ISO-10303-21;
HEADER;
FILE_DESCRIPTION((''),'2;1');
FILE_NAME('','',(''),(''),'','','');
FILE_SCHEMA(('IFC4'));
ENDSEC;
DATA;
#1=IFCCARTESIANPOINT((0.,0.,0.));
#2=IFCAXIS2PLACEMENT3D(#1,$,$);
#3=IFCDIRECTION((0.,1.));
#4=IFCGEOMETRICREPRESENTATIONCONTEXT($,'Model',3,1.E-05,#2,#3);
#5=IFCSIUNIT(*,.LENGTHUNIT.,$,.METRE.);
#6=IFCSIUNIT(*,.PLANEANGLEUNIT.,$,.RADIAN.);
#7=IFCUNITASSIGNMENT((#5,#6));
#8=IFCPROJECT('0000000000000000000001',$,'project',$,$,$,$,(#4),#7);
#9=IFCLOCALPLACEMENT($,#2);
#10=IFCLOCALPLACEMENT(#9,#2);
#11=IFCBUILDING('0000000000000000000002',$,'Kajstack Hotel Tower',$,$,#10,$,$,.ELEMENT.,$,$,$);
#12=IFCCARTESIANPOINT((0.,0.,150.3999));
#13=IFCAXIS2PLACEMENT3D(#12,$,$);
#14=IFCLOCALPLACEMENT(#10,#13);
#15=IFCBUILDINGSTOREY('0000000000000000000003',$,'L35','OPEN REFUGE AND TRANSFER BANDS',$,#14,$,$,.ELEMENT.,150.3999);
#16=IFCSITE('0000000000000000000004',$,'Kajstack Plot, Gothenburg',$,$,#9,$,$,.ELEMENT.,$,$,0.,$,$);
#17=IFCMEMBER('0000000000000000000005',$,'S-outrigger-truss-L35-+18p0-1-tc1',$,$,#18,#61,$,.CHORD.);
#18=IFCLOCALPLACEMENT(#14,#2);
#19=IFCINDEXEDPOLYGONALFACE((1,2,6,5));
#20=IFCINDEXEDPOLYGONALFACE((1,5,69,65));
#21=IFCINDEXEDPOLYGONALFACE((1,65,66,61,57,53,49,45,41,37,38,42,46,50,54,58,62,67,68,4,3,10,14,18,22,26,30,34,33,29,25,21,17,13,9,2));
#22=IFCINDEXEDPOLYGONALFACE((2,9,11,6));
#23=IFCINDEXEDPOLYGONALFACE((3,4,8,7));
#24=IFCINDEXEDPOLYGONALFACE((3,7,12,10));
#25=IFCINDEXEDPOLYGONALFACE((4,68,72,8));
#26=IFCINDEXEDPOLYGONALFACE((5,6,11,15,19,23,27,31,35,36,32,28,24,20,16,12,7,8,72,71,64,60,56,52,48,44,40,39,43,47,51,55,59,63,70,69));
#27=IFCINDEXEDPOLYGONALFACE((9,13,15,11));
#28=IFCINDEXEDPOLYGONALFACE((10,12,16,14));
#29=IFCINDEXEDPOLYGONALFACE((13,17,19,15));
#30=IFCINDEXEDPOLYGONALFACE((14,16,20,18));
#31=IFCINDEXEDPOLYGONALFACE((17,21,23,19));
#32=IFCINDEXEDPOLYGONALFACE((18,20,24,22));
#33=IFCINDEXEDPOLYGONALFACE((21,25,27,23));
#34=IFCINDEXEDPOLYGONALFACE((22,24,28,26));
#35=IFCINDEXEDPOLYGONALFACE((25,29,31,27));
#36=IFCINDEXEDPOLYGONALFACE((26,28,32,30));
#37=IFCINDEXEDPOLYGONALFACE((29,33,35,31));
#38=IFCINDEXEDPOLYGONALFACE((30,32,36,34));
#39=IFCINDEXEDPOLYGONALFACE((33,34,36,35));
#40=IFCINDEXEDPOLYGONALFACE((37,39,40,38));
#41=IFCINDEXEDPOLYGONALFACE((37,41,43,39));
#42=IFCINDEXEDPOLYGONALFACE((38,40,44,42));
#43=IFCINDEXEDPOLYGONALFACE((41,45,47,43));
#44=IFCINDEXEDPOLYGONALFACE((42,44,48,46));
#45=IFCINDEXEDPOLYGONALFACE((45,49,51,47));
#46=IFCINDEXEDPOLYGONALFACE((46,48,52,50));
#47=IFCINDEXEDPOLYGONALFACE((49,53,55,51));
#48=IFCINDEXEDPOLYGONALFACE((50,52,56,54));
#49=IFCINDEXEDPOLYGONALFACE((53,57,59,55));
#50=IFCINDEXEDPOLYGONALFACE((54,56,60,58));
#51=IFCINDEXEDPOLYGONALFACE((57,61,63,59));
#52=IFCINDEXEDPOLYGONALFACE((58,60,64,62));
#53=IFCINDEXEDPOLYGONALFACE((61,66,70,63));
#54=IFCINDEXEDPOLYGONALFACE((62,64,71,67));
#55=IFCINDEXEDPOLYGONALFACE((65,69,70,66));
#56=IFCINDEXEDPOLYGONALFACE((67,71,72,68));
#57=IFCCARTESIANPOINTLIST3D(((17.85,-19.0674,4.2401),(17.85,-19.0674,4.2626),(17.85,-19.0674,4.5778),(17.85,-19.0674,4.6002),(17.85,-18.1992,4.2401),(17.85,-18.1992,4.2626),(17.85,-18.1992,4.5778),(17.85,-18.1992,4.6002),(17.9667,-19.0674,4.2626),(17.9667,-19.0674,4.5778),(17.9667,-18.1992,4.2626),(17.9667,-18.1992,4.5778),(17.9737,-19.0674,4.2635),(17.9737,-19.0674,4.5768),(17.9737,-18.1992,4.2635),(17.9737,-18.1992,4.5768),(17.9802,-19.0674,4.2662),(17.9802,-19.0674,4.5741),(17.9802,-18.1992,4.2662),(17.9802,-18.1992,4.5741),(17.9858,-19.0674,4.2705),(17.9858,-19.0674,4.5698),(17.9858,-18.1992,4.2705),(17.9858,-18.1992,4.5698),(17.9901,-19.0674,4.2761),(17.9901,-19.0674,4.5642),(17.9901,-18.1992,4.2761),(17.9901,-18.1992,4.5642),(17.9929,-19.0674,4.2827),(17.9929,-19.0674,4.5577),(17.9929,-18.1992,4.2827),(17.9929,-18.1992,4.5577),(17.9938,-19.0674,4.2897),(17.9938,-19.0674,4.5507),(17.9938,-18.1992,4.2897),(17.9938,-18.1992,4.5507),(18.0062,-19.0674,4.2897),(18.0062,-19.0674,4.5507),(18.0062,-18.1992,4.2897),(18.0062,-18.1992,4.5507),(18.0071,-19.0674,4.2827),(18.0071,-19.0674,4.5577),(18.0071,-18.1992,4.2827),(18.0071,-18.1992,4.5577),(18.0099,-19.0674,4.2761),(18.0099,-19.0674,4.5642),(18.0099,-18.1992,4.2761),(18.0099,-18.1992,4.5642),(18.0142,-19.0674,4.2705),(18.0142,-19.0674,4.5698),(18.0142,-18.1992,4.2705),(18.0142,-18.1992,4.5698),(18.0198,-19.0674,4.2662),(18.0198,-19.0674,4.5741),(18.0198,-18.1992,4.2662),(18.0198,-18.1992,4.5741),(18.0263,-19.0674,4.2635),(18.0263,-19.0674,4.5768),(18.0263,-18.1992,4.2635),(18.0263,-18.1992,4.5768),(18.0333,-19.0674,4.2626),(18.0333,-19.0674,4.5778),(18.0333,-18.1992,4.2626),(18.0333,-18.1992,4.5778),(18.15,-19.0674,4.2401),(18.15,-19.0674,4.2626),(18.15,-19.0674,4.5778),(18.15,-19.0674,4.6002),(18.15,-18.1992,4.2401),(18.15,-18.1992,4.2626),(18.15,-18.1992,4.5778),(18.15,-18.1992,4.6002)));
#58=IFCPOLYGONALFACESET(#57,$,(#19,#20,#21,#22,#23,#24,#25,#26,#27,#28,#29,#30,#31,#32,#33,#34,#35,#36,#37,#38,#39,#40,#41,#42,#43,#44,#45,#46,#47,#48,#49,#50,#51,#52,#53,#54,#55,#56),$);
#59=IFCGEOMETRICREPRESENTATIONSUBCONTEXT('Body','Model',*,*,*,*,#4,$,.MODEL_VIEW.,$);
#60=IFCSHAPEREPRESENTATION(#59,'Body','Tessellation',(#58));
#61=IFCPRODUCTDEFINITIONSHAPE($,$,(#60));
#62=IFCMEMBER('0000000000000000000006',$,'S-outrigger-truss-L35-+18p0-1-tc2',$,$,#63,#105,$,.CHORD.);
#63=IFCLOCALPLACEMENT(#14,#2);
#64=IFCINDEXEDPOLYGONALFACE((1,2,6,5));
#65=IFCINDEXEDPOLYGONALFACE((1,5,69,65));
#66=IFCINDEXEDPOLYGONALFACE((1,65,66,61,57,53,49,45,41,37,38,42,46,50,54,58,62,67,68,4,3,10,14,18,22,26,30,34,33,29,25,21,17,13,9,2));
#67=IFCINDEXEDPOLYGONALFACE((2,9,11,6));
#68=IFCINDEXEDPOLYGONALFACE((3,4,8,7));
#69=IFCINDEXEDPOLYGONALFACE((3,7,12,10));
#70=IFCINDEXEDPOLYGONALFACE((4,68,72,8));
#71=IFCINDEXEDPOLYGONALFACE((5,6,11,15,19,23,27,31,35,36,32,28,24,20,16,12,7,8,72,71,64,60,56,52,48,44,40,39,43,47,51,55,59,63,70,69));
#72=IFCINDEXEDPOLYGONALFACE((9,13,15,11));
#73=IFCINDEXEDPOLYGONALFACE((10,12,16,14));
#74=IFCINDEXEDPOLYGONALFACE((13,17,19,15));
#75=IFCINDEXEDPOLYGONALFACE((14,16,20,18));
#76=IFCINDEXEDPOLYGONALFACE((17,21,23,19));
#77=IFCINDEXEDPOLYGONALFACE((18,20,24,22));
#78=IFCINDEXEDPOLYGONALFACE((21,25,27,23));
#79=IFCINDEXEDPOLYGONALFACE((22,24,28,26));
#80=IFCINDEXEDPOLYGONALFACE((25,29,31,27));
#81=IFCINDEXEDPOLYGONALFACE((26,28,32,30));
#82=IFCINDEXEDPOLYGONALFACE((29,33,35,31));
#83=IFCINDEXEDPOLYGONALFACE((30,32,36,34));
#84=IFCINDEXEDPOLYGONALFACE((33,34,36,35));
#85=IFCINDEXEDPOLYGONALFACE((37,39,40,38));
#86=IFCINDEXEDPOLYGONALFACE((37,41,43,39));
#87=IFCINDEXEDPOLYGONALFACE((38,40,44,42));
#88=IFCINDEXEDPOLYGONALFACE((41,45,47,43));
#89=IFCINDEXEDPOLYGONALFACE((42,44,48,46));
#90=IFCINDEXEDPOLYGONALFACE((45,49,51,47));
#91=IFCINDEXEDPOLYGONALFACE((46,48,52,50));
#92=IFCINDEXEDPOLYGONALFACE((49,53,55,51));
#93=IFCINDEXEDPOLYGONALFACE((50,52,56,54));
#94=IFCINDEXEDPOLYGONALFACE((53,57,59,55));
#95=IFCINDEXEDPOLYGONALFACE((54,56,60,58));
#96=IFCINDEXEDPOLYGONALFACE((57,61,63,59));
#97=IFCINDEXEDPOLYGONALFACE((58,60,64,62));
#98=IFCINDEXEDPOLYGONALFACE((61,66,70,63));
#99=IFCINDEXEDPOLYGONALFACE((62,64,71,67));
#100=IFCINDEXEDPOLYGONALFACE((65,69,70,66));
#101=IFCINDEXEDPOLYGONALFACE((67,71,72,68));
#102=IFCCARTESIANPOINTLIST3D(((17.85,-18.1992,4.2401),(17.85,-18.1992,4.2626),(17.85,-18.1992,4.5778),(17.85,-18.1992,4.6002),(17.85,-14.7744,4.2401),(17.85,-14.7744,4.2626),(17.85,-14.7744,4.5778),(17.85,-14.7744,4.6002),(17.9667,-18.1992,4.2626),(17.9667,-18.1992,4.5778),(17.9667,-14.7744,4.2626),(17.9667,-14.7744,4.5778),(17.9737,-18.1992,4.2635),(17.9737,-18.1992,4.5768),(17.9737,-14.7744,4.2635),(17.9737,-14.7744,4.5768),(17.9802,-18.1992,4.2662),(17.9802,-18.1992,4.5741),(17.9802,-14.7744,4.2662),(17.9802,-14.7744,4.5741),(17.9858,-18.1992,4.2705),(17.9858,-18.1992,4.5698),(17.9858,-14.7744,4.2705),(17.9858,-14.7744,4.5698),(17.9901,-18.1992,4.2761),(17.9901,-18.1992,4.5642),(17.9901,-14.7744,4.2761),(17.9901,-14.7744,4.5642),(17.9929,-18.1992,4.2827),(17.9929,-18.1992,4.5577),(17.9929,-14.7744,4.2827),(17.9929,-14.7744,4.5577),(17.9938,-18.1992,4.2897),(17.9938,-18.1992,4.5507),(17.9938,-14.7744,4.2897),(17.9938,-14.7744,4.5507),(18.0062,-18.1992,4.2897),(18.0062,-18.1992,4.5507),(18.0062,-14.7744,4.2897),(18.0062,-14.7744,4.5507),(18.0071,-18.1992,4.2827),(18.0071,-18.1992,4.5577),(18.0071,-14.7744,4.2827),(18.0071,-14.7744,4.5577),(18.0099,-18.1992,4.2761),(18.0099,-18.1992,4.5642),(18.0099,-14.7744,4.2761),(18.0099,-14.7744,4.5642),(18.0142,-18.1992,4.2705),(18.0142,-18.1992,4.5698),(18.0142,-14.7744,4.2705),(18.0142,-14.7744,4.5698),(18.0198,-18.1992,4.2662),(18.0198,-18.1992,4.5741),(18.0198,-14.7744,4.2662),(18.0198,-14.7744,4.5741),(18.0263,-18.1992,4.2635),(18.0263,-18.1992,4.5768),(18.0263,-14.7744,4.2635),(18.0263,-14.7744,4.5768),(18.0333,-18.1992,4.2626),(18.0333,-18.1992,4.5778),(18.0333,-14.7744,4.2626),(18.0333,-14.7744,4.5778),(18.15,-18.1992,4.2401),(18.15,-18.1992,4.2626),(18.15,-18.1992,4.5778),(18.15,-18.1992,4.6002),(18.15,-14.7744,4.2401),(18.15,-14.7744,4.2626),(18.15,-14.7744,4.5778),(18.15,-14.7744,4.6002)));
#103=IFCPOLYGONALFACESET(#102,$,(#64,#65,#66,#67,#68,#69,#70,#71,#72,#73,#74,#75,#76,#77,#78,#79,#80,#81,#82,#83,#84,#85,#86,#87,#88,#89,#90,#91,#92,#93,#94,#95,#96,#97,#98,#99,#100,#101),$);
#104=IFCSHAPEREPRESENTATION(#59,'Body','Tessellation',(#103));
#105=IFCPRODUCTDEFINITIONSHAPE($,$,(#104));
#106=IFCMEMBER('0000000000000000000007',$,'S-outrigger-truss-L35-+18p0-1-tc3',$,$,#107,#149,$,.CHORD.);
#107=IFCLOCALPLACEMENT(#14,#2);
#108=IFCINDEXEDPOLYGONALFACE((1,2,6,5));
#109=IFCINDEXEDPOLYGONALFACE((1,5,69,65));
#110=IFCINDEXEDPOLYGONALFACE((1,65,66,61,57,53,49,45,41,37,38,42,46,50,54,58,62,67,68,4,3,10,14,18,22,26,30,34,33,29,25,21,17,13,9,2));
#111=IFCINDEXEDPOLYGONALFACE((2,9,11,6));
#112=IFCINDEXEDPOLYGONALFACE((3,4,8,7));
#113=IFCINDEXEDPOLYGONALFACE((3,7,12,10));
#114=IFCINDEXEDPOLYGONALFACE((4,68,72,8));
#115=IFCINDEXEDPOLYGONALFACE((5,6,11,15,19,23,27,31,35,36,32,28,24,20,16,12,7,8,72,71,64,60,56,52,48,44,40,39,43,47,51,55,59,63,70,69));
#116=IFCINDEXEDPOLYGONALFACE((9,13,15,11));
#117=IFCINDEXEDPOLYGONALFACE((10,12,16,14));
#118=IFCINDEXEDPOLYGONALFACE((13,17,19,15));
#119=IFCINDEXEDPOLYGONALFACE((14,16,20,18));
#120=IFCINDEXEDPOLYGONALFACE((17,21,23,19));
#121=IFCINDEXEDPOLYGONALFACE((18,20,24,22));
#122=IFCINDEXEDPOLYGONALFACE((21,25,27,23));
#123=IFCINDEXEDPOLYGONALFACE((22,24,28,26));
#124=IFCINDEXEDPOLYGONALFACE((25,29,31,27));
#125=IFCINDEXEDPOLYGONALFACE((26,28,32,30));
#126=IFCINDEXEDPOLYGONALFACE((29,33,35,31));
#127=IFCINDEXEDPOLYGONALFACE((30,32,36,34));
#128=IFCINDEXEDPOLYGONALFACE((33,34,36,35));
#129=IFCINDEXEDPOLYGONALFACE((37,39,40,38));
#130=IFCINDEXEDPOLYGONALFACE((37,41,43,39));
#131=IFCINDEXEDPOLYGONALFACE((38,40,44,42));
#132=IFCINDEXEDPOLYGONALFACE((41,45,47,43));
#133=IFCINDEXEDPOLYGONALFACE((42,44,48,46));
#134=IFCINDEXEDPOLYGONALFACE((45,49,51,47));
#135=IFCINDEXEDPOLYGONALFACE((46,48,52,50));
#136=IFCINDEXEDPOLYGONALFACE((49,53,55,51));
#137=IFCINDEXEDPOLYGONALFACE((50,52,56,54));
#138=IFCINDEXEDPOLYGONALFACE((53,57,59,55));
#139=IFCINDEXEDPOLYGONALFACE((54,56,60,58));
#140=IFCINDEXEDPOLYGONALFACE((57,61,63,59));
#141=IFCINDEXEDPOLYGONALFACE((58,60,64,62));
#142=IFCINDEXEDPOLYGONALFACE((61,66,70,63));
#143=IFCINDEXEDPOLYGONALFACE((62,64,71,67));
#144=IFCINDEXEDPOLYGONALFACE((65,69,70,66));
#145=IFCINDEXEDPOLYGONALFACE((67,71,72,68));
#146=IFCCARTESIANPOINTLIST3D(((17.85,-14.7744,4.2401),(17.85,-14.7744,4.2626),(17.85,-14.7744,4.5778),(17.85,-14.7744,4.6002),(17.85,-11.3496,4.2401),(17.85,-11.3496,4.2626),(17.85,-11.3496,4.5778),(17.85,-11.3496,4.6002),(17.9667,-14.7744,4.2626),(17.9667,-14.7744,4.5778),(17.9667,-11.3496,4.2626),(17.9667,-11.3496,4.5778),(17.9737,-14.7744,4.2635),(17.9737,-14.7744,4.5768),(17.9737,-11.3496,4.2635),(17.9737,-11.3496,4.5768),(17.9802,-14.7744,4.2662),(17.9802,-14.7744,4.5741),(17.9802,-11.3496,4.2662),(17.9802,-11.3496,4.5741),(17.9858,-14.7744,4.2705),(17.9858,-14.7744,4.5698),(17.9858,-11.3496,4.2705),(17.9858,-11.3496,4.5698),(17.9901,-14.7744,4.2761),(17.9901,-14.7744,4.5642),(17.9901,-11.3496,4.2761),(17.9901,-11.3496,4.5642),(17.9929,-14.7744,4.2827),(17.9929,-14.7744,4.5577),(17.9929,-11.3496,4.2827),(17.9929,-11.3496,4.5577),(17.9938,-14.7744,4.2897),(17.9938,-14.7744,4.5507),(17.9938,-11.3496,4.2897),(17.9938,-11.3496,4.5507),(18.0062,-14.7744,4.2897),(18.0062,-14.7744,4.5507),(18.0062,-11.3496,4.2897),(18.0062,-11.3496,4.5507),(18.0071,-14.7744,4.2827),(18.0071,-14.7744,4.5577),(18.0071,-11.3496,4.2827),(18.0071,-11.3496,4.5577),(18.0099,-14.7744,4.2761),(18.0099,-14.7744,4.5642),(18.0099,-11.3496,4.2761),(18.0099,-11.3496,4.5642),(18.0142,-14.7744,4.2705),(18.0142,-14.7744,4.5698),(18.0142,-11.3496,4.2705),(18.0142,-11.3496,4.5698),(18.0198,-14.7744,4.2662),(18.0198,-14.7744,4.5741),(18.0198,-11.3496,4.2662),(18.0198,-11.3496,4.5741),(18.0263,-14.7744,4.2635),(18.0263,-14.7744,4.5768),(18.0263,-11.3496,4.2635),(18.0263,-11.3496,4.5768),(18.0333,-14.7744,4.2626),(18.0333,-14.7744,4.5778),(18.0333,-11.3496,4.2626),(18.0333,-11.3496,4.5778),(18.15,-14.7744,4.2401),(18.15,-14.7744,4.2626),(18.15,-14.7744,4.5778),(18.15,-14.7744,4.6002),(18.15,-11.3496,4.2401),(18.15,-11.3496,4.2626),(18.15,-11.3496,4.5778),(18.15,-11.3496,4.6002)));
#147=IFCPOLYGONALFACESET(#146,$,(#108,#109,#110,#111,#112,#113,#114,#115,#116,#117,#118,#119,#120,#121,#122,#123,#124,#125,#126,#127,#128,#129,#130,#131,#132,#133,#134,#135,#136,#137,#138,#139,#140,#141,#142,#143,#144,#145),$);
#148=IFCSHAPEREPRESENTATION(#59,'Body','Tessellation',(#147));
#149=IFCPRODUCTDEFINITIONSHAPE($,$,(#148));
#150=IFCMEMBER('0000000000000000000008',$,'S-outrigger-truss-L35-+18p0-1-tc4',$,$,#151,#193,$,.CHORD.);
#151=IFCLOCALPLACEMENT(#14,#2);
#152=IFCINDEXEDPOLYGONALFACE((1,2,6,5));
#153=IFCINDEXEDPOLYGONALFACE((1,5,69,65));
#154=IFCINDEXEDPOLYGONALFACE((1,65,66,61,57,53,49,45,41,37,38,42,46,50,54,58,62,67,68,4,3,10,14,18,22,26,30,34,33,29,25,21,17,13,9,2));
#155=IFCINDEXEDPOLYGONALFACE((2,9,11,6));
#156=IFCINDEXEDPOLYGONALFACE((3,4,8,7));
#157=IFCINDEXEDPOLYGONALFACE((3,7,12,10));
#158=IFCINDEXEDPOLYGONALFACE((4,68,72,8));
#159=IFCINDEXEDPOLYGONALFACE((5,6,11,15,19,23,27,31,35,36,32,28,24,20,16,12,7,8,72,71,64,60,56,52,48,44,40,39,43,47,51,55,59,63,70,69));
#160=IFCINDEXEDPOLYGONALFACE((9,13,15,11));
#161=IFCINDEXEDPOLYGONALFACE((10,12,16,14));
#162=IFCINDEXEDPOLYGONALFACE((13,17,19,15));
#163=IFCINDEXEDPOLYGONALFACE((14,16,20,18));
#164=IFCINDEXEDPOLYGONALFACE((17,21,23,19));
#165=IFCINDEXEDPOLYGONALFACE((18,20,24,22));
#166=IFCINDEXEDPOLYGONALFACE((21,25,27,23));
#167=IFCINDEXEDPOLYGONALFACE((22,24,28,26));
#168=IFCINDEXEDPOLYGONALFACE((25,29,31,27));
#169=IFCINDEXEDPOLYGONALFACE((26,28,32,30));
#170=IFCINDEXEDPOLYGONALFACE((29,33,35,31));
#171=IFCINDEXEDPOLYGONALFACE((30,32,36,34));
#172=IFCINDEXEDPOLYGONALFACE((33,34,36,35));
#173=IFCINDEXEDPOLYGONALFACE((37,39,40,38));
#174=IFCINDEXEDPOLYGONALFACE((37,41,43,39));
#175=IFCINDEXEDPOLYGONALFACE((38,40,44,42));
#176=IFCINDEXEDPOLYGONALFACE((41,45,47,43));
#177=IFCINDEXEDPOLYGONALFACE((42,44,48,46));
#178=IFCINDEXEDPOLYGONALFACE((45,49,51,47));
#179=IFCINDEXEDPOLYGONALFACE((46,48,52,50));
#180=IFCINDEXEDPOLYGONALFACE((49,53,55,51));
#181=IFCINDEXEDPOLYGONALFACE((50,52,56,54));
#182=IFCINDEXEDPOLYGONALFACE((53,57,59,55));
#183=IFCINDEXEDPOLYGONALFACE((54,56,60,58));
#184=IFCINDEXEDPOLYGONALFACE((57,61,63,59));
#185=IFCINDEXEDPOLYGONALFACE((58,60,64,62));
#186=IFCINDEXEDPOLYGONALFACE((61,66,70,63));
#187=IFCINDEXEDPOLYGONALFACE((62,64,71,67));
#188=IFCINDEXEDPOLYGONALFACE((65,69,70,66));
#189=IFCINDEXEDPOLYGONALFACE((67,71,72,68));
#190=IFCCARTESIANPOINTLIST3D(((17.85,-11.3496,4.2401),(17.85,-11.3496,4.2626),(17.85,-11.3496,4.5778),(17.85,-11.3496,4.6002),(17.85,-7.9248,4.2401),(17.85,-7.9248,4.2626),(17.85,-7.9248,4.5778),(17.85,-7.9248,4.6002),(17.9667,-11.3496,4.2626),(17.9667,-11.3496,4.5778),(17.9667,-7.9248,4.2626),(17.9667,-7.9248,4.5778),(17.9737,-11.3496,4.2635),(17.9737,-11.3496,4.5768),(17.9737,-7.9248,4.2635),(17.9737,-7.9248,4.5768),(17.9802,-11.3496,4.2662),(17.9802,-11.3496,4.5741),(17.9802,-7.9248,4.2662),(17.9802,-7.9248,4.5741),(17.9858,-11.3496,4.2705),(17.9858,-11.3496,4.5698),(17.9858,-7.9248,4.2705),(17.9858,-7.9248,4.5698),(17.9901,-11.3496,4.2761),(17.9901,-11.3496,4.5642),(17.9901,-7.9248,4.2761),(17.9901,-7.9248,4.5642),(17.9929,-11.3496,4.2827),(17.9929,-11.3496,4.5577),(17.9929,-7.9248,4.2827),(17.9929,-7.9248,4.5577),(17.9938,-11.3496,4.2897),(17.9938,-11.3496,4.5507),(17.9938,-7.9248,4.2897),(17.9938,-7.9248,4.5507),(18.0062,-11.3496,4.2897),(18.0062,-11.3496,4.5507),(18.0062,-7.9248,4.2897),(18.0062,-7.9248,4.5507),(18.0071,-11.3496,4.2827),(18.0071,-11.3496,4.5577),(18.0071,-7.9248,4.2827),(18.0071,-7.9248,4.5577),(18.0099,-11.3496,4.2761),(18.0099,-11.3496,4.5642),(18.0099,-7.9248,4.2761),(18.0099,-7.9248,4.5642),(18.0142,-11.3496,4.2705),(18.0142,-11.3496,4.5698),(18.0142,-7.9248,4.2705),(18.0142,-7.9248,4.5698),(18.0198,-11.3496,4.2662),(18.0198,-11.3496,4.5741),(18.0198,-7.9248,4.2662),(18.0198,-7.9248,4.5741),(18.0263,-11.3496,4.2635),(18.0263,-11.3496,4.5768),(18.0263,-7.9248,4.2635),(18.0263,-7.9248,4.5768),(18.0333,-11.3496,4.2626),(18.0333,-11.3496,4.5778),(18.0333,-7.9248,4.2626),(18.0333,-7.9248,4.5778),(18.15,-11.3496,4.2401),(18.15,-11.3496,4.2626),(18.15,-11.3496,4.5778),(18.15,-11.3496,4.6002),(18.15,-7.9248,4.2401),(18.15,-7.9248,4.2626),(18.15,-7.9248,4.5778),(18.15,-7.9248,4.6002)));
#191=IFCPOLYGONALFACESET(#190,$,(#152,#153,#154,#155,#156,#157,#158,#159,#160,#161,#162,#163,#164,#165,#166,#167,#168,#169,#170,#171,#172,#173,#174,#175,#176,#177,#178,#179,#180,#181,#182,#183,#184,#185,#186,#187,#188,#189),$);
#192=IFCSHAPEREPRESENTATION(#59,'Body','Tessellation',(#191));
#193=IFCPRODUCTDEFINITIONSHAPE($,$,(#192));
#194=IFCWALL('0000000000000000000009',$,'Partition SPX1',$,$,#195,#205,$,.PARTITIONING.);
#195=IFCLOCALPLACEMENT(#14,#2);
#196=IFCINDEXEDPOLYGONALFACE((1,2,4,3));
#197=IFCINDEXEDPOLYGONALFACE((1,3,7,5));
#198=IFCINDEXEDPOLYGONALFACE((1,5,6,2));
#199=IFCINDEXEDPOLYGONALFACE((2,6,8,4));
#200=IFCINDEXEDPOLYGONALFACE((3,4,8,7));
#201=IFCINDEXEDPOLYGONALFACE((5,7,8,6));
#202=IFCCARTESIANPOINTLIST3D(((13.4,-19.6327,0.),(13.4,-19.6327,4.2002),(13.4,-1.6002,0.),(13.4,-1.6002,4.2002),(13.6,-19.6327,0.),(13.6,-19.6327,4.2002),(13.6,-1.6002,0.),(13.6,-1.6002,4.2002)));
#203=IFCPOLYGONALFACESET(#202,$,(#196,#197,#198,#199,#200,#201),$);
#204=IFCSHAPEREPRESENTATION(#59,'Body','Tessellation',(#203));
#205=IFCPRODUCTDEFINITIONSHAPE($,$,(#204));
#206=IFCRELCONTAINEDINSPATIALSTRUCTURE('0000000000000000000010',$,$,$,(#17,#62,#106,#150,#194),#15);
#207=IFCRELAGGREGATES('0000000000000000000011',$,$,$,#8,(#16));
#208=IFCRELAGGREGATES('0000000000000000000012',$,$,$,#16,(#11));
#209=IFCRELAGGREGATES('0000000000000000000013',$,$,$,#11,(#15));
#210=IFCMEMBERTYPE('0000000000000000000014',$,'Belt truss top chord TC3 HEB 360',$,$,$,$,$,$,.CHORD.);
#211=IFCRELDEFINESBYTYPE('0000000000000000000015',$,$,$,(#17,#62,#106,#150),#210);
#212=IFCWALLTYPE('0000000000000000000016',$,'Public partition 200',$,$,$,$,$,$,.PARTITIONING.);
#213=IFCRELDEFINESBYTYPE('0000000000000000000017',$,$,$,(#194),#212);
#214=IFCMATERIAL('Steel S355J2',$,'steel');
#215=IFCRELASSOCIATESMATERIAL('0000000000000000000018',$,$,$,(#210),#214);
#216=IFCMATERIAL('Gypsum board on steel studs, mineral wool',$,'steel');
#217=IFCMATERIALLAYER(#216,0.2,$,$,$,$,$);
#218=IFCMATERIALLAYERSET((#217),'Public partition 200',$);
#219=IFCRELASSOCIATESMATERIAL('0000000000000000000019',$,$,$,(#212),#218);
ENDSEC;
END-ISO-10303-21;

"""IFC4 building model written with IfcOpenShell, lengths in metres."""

from ifc_helpers import new_model, si_unit, direction, frame, frame_2d, origin, origin_2d, place, context, subcontext, project, spatial, rectangle, i_section, extrude, material, layer, layer_set, material_profile, profile_set, type_object, element, save


model = new_model("IFC4")

# Units and contexts
model_context = context("Model", 3, precision=1e-05, world=origin(), true_north=direction((0.0, 1.0)))
body_context = subcontext(model_context, "Body", "Model", "MODEL_VIEW")
ifc_project = project(units=[si_unit("LENGTHUNIT", "METRE"), si_unit("PLANEANGLEUNIT", "RADIAN")], contexts=[model_context])

# Site, building, storey
site_placement = place(None, origin())
site = spatial("IfcSite", under=ifc_project, at=site_placement, Name="Kajstack Plot, Gothenburg", CompositionType="ELEMENT", RefElevation=0.0)
building_placement = place(site_placement, origin())
building = spatial("IfcBuilding", under=site, at=building_placement, Name="Kajstack Hotel Tower", CompositionType="ELEMENT")
storey_placement = place(building_placement, frame((0.0, 0.0, 150.3999)))
storey = spatial("IfcBuildingStorey", under=building, at=storey_placement, Name="L35", Description="OPEN REFUGE AND TRANSFER BANDS", CompositionType="ELEMENT", Elevation=150.3999)

# Members
ifc_material_1 = material(Name="Steel S355J2", Category="steel")
ifc_material_profile_1 = material_profile(ifc_material_1, i_section(OverallWidth=0.3, OverallDepth=0.3601, WebThickness=0.0125, FlangeThickness=0.0225, FilletRadius=0.0271, at=origin_2d()), Name="HEB 360")
ifc_profile_set_1 = profile_set([ifc_material_profile_1], Name="Steel S355J2")
member_type_1 = type_object("IfcMemberType", Name="Belt truss top chord TC3 HEB 360", PredefinedType="CHORD", material=ifc_profile_set_1)
member_1_placement = place(storey_placement, frame((18.0, -19.0674, 4.4202), z_axis=(0.0, 1.0, 0.0), x_axis=(-1.0, 0.0, 0.0)))
element("IfcMember", 1, at=member_1_placement, inside=storey, type_object=member_type_1, Name="S-outrigger-truss-L35-+18p0-1-tc1", PredefinedType="CHORD", context=body_context, shape_type="SweptSolid", body=[
    extrude(i_section(OverallWidth=0.3, OverallDepth=0.3601, WebThickness=0.0125, FlangeThickness=0.0225, FilletRadius=0.0271, at=origin_2d()), origin(), (0.0, 0.0, 1.0), 0.8682),
])
for number, where, z_axis, x_axis, name in (
    (2, (18.0, -18.1992, 4.4202), (0.0, 1.0, 0.0), (-1.0, 0.0, 0.0), "S-outrigger-truss-L35-+18p0-1-tc2"),
    (3, (18.0, -14.7744, 4.4202), (0.0, 1.0, 0.0), (-1.0, 0.0, 0.0), "S-outrigger-truss-L35-+18p0-1-tc3"),
    (4, (18.0, -11.3496, 4.4202), (0.0, 1.0, 0.0), (-1.0, 0.0, 0.0), "S-outrigger-truss-L35-+18p0-1-tc4"),
):
    element("IfcMember", number, at=place(storey_placement, frame(where, z_axis=z_axis, x_axis=x_axis)), inside=storey, type_object=member_type_1, Name=name, PredefinedType="CHORD", context=body_context, shape_type="SweptSolid", body=[
        extrude(i_section(OverallWidth=0.3, OverallDepth=0.3601, WebThickness=0.0125, FlangeThickness=0.0225, FilletRadius=0.0271, at=origin_2d()), origin(), (0.0, 0.0, 1.0), 3.4248),
    ])

# Wall
ifc_material_2 = material(Name="Gypsum board on steel studs, mineral wool", Category="steel")
ifc_layer_1 = layer(ifc_material_2, 0.2)
ifc_layer_set_1 = layer_set([ifc_layer_1], Name="Public partition 200")
wall_type = type_object("IfcWallType", Name="Public partition 200", PredefinedType="PARTITIONING", material=ifc_layer_set_1)
wall_placement = place(storey_placement, frame((13.5, -19.6326, 0.0), z_axis=(0.0, 0.0, 1.0), x_axis=(0.0, 1.0, 0.0)))
element("IfcWall", 5, at=wall_placement, inside=storey, type_object=wall_type, Name="Partition SPX1", PredefinedType="PARTITIONING", context=body_context, shape_type="SweptSolid", body=[
    extrude(rectangle(XDim=18.0325, YDim=0.2, at=frame_2d((9.0161, 0.0))), origin(), (0.0, 0.0, 1.0), 4.2002),
])

save(model, "model.ifc")
